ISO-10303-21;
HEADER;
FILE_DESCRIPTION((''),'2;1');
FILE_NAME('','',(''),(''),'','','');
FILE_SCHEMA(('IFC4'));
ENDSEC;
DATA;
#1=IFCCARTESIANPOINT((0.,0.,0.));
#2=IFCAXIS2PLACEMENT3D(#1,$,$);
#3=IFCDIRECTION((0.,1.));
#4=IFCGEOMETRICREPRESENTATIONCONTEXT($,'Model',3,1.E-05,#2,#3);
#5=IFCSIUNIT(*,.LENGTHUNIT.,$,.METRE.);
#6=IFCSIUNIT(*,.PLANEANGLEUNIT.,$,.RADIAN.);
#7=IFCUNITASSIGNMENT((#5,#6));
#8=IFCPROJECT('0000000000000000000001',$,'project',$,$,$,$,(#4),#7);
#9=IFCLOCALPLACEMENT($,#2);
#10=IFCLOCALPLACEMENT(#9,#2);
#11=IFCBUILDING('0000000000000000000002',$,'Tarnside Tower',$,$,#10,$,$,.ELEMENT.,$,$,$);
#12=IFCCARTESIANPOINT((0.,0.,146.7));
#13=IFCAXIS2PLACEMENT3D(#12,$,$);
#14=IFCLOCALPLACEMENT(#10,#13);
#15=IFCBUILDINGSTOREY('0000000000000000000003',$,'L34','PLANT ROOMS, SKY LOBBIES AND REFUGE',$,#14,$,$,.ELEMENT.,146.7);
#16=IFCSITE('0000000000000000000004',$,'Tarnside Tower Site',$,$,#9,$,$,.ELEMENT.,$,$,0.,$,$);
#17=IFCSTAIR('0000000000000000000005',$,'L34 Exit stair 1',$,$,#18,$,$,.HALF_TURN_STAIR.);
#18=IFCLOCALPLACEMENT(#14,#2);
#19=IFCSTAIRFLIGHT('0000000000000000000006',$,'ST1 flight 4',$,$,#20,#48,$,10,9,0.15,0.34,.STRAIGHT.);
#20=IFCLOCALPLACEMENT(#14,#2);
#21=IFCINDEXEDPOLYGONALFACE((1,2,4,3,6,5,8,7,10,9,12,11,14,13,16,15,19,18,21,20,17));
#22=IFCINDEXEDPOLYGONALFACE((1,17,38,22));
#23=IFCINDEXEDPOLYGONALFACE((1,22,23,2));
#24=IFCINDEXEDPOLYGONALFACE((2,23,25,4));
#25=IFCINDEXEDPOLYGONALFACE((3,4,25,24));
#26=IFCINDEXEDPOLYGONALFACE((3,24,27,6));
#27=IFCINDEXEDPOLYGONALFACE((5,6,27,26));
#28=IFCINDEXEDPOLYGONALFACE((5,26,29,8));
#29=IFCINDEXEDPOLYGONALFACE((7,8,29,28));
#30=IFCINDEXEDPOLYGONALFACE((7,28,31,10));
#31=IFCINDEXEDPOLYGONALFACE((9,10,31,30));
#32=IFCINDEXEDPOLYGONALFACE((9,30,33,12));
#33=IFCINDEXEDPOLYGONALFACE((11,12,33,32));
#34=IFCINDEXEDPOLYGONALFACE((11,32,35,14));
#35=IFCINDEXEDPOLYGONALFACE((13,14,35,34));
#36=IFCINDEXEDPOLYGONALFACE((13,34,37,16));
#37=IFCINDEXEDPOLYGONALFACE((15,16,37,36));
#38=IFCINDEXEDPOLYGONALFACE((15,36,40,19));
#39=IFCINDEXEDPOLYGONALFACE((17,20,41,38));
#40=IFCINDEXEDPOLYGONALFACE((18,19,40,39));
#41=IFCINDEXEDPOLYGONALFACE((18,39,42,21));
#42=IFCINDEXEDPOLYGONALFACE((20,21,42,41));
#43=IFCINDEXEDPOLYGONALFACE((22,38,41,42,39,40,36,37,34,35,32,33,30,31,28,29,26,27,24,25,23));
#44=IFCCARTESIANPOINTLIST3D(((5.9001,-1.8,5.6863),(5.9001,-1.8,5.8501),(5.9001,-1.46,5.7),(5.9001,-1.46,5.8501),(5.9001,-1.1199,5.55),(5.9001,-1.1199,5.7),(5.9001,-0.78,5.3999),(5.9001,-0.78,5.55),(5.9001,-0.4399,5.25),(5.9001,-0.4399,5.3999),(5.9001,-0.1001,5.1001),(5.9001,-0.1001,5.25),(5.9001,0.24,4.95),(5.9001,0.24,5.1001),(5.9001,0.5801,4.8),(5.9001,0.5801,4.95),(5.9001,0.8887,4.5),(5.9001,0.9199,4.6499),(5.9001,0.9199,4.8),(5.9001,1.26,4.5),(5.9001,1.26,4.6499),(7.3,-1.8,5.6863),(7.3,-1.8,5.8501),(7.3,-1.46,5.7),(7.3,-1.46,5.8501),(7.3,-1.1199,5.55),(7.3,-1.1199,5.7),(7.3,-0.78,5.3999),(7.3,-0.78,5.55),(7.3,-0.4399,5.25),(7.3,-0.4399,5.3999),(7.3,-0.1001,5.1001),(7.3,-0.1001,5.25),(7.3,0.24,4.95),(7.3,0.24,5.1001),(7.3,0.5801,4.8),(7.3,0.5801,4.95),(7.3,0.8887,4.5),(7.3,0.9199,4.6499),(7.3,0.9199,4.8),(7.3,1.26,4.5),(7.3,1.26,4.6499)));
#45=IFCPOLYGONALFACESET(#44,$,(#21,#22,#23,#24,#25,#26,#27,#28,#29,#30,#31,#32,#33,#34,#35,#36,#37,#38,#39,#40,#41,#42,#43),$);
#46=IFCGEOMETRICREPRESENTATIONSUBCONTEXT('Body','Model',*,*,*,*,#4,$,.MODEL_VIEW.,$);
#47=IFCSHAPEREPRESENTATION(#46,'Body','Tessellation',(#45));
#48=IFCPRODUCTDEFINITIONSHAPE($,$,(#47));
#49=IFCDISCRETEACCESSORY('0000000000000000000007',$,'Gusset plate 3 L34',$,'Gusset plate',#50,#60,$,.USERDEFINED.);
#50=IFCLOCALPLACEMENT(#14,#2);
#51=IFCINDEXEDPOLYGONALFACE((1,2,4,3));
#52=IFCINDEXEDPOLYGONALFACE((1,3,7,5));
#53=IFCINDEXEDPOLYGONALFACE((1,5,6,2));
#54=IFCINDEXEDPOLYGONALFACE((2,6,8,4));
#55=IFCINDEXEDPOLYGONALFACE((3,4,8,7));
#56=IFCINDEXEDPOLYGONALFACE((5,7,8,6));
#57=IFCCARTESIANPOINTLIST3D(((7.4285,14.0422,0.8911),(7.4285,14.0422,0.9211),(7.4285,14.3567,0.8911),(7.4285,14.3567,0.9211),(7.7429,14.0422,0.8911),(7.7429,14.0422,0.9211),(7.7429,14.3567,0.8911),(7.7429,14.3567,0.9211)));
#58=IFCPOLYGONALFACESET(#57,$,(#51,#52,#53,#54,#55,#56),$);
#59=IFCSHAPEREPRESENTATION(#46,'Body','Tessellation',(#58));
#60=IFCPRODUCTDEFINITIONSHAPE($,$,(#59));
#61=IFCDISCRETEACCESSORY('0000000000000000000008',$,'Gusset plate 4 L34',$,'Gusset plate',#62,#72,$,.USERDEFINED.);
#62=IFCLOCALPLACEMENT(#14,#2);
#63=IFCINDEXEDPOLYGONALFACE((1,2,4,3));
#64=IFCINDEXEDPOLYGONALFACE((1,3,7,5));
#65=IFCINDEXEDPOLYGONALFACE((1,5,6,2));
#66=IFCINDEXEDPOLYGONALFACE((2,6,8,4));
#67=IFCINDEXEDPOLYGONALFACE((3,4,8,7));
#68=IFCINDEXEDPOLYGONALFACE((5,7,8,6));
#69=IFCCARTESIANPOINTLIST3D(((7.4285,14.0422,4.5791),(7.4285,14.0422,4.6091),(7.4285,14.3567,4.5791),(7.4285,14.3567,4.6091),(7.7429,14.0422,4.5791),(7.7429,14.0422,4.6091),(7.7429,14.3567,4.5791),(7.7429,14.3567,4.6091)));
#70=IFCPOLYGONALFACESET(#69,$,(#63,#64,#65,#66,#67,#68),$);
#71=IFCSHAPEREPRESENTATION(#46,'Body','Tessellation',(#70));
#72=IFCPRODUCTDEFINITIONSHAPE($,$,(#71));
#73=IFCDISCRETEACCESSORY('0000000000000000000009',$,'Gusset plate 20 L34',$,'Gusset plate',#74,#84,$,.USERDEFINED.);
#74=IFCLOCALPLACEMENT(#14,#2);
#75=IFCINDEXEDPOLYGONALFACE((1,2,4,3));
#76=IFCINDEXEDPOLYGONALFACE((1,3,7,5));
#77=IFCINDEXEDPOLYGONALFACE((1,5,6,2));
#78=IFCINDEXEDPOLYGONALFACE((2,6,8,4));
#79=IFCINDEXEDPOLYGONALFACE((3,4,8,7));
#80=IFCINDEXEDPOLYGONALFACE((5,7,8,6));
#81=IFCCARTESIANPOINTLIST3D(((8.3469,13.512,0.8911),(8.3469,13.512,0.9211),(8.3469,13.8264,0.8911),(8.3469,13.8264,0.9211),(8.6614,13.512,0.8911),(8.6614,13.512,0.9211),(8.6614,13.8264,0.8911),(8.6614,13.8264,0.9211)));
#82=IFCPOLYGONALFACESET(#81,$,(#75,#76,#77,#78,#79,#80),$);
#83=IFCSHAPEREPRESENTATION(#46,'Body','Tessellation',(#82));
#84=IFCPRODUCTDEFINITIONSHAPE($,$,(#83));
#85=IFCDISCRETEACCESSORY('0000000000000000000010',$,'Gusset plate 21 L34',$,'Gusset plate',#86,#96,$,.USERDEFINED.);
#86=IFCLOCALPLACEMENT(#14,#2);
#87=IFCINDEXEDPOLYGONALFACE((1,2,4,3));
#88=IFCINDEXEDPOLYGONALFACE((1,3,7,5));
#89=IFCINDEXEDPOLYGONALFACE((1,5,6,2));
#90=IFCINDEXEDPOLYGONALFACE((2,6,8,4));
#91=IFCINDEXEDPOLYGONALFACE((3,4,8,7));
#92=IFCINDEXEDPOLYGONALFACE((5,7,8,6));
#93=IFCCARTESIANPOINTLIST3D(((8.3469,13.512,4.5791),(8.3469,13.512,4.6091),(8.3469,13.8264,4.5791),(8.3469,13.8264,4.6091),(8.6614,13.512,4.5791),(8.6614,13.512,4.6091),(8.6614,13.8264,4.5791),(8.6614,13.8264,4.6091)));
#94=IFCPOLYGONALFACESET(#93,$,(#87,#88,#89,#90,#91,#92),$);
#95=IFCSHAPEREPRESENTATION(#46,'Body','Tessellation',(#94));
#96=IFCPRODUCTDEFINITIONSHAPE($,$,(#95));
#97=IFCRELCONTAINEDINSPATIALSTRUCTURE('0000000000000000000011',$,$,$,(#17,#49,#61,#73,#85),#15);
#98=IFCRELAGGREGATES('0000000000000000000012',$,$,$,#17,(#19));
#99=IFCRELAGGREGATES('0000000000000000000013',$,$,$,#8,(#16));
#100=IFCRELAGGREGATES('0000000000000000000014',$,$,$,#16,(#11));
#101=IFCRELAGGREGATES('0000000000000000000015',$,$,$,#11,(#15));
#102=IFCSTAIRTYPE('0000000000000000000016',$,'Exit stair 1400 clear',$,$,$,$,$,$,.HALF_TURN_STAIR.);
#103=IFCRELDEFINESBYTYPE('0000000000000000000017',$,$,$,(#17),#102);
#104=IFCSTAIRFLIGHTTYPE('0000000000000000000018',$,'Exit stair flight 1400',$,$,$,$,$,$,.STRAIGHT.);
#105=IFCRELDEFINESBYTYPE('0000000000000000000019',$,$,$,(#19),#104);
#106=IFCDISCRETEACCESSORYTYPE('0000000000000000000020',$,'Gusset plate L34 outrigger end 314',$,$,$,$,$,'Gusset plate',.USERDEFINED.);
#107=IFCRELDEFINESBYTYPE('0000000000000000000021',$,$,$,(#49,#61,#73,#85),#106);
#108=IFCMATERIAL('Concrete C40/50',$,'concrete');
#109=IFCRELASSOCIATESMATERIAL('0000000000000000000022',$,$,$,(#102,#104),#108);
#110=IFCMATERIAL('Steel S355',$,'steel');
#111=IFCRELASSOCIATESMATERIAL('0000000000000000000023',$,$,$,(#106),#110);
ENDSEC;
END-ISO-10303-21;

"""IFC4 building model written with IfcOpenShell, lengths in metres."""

from ifc_helpers import new_model, si_unit, direction, frame, origin, origin_2d, place, context, subcontext, project, spatial, polyline, rectangle, outline, extrude, material, type_object, element, aggregate, save


model = new_model("IFC4")

# Units and contexts
model_context = context("Model", 3, precision=1e-05, world=origin(), true_north=direction((0.0, 1.0)))
body_context = subcontext(model_context, "Body", "Model", "MODEL_VIEW")
ifc_project = project(units=[si_unit("LENGTHUNIT", "METRE"), si_unit("PLANEANGLEUNIT", "RADIAN")], contexts=[model_context])

# Site, building, storey
site_placement = place(None, origin())
site = spatial("IfcSite", under=ifc_project, at=site_placement, Name="Tarnside Tower Site", CompositionType="ELEMENT", RefElevation=0.0)
building_placement = place(site_placement, origin())
building = spatial("IfcBuilding", under=site, at=building_placement, Name="Tarnside Tower", CompositionType="ELEMENT")
storey_placement = place(building_placement, frame((0.0, 0.0, 146.7)))
storey = spatial("IfcBuildingStorey", under=building, at=storey_placement, Name="L34", Description="PLANT ROOMS, SKY LOBBIES AND REFUGE", CompositionType="ELEMENT", Elevation=146.7)

# Shared definitions
ifc_material_1 = material(Name="Steel S355", Category="steel")

# Shared definitions
ifc_material_2 = material(Name="Concrete C40/50", Category="concrete")

# Stair, stair flight
stair_type = type_object("IfcStairType", Name="Exit stair 1400 clear", PredefinedType="HALF_TURN_STAIR", material=ifc_material_2)
stair_placement = place(storey_placement, origin())
stair = element("IfcStair", 1, at=stair_placement, inside=storey, type_object=stair_type, Name="L34 Exit stair 1", PredefinedType="HALF_TURN_STAIR")
stair_flight_type = type_object("IfcStairFlightType", Name="Exit stair flight 1400", PredefinedType="STRAIGHT", material=ifc_material_2)
stair_flight_1_placement = place(storey_placement, frame((6.6001, 1.26, 4.5), z_axis=(0.0, 0.0, 1.0), x_axis=(0.0, -1.0, 0.0)))
stair_flight_1 = element("IfcStairFlight", 2, at=stair_flight_1_placement, type_object=stair_flight_type, Name="ST1 flight 4", NumberOfRisers=10, NumberOfTreads=9, PredefinedType="STRAIGHT", RiserHeight=0.15, TreadLength=0.34, context=body_context, shape_type="SweptSolid", body=[
    extrude(outline(polyline([(0.0, 0.0), (0.0, 0.1499), (0.3401, 0.1499), (0.3401, 0.3), (0.6799, 0.3), (0.6799, 0.45), (1.02, 0.45), (1.02, 0.6001), (1.3601, 0.6001), (1.3601, 0.75), (1.7, 0.75), (1.7, 0.8999), (2.04, 0.8999), (2.04, 1.05), (2.3799, 1.05), (2.3799, 1.2), (2.72, 1.2), (2.72, 1.3501), (3.0601, 1.3501), (3.0601, 1.5), (3.0601, 1.1863), (0.3713, 0.0), (0.0, 0.0)])), frame((0.0, 0.7, 0.0), z_axis=(0.0, -1.0, 0.0), x_axis=(1.0, 0.0, 0.0)), (0.0, 0.0, 1.0), 1.3999),
])
aggregate(stair, [stair_flight_1])

# Discrete accessories
discrete_accessory_type = type_object("IfcDiscreteAccessoryType", Name="Gusset plate L34 outrigger end 314", ElementType="Gusset plate", PredefinedType="USERDEFINED", material=ifc_material_1)
for number, where, z_axis, x_axis, name in (
    (3, (7.5857, 14.1995, 0.8911), (0.0, 0.0, 1.0), (1.0, 0.0, 0.0), "Gusset plate 3 L34"),
    (4, (7.5857, 14.1995, 4.5791), (0.0, 0.0, 1.0), (1.0, 0.0, 0.0), "Gusset plate 4 L34"),
    (5, (8.5042, 13.6692, 0.8911), (0.0, 0.0, 1.0), (1.0, 0.0, 0.0), "Gusset plate 20 L34"),
    (6, (8.5042, 13.6692, 4.5791), (0.0, 0.0, 1.0), (1.0, 0.0, 0.0), "Gusset plate 21 L34"),
):
    element("IfcDiscreteAccessory", number, at=place(storey_placement, frame(where, z_axis=z_axis, x_axis=x_axis)), inside=storey, type_object=discrete_accessory_type, Name=name, ObjectType="Gusset plate", PredefinedType="USERDEFINED", context=body_context, shape_type="SweptSolid", body=[
        extrude(rectangle(XDim=0.3145, YDim=0.3145, at=origin_2d()), origin(), (0.0, 0.0, 1.0), 0.03),
    ])

save(model, "model.ifc")
